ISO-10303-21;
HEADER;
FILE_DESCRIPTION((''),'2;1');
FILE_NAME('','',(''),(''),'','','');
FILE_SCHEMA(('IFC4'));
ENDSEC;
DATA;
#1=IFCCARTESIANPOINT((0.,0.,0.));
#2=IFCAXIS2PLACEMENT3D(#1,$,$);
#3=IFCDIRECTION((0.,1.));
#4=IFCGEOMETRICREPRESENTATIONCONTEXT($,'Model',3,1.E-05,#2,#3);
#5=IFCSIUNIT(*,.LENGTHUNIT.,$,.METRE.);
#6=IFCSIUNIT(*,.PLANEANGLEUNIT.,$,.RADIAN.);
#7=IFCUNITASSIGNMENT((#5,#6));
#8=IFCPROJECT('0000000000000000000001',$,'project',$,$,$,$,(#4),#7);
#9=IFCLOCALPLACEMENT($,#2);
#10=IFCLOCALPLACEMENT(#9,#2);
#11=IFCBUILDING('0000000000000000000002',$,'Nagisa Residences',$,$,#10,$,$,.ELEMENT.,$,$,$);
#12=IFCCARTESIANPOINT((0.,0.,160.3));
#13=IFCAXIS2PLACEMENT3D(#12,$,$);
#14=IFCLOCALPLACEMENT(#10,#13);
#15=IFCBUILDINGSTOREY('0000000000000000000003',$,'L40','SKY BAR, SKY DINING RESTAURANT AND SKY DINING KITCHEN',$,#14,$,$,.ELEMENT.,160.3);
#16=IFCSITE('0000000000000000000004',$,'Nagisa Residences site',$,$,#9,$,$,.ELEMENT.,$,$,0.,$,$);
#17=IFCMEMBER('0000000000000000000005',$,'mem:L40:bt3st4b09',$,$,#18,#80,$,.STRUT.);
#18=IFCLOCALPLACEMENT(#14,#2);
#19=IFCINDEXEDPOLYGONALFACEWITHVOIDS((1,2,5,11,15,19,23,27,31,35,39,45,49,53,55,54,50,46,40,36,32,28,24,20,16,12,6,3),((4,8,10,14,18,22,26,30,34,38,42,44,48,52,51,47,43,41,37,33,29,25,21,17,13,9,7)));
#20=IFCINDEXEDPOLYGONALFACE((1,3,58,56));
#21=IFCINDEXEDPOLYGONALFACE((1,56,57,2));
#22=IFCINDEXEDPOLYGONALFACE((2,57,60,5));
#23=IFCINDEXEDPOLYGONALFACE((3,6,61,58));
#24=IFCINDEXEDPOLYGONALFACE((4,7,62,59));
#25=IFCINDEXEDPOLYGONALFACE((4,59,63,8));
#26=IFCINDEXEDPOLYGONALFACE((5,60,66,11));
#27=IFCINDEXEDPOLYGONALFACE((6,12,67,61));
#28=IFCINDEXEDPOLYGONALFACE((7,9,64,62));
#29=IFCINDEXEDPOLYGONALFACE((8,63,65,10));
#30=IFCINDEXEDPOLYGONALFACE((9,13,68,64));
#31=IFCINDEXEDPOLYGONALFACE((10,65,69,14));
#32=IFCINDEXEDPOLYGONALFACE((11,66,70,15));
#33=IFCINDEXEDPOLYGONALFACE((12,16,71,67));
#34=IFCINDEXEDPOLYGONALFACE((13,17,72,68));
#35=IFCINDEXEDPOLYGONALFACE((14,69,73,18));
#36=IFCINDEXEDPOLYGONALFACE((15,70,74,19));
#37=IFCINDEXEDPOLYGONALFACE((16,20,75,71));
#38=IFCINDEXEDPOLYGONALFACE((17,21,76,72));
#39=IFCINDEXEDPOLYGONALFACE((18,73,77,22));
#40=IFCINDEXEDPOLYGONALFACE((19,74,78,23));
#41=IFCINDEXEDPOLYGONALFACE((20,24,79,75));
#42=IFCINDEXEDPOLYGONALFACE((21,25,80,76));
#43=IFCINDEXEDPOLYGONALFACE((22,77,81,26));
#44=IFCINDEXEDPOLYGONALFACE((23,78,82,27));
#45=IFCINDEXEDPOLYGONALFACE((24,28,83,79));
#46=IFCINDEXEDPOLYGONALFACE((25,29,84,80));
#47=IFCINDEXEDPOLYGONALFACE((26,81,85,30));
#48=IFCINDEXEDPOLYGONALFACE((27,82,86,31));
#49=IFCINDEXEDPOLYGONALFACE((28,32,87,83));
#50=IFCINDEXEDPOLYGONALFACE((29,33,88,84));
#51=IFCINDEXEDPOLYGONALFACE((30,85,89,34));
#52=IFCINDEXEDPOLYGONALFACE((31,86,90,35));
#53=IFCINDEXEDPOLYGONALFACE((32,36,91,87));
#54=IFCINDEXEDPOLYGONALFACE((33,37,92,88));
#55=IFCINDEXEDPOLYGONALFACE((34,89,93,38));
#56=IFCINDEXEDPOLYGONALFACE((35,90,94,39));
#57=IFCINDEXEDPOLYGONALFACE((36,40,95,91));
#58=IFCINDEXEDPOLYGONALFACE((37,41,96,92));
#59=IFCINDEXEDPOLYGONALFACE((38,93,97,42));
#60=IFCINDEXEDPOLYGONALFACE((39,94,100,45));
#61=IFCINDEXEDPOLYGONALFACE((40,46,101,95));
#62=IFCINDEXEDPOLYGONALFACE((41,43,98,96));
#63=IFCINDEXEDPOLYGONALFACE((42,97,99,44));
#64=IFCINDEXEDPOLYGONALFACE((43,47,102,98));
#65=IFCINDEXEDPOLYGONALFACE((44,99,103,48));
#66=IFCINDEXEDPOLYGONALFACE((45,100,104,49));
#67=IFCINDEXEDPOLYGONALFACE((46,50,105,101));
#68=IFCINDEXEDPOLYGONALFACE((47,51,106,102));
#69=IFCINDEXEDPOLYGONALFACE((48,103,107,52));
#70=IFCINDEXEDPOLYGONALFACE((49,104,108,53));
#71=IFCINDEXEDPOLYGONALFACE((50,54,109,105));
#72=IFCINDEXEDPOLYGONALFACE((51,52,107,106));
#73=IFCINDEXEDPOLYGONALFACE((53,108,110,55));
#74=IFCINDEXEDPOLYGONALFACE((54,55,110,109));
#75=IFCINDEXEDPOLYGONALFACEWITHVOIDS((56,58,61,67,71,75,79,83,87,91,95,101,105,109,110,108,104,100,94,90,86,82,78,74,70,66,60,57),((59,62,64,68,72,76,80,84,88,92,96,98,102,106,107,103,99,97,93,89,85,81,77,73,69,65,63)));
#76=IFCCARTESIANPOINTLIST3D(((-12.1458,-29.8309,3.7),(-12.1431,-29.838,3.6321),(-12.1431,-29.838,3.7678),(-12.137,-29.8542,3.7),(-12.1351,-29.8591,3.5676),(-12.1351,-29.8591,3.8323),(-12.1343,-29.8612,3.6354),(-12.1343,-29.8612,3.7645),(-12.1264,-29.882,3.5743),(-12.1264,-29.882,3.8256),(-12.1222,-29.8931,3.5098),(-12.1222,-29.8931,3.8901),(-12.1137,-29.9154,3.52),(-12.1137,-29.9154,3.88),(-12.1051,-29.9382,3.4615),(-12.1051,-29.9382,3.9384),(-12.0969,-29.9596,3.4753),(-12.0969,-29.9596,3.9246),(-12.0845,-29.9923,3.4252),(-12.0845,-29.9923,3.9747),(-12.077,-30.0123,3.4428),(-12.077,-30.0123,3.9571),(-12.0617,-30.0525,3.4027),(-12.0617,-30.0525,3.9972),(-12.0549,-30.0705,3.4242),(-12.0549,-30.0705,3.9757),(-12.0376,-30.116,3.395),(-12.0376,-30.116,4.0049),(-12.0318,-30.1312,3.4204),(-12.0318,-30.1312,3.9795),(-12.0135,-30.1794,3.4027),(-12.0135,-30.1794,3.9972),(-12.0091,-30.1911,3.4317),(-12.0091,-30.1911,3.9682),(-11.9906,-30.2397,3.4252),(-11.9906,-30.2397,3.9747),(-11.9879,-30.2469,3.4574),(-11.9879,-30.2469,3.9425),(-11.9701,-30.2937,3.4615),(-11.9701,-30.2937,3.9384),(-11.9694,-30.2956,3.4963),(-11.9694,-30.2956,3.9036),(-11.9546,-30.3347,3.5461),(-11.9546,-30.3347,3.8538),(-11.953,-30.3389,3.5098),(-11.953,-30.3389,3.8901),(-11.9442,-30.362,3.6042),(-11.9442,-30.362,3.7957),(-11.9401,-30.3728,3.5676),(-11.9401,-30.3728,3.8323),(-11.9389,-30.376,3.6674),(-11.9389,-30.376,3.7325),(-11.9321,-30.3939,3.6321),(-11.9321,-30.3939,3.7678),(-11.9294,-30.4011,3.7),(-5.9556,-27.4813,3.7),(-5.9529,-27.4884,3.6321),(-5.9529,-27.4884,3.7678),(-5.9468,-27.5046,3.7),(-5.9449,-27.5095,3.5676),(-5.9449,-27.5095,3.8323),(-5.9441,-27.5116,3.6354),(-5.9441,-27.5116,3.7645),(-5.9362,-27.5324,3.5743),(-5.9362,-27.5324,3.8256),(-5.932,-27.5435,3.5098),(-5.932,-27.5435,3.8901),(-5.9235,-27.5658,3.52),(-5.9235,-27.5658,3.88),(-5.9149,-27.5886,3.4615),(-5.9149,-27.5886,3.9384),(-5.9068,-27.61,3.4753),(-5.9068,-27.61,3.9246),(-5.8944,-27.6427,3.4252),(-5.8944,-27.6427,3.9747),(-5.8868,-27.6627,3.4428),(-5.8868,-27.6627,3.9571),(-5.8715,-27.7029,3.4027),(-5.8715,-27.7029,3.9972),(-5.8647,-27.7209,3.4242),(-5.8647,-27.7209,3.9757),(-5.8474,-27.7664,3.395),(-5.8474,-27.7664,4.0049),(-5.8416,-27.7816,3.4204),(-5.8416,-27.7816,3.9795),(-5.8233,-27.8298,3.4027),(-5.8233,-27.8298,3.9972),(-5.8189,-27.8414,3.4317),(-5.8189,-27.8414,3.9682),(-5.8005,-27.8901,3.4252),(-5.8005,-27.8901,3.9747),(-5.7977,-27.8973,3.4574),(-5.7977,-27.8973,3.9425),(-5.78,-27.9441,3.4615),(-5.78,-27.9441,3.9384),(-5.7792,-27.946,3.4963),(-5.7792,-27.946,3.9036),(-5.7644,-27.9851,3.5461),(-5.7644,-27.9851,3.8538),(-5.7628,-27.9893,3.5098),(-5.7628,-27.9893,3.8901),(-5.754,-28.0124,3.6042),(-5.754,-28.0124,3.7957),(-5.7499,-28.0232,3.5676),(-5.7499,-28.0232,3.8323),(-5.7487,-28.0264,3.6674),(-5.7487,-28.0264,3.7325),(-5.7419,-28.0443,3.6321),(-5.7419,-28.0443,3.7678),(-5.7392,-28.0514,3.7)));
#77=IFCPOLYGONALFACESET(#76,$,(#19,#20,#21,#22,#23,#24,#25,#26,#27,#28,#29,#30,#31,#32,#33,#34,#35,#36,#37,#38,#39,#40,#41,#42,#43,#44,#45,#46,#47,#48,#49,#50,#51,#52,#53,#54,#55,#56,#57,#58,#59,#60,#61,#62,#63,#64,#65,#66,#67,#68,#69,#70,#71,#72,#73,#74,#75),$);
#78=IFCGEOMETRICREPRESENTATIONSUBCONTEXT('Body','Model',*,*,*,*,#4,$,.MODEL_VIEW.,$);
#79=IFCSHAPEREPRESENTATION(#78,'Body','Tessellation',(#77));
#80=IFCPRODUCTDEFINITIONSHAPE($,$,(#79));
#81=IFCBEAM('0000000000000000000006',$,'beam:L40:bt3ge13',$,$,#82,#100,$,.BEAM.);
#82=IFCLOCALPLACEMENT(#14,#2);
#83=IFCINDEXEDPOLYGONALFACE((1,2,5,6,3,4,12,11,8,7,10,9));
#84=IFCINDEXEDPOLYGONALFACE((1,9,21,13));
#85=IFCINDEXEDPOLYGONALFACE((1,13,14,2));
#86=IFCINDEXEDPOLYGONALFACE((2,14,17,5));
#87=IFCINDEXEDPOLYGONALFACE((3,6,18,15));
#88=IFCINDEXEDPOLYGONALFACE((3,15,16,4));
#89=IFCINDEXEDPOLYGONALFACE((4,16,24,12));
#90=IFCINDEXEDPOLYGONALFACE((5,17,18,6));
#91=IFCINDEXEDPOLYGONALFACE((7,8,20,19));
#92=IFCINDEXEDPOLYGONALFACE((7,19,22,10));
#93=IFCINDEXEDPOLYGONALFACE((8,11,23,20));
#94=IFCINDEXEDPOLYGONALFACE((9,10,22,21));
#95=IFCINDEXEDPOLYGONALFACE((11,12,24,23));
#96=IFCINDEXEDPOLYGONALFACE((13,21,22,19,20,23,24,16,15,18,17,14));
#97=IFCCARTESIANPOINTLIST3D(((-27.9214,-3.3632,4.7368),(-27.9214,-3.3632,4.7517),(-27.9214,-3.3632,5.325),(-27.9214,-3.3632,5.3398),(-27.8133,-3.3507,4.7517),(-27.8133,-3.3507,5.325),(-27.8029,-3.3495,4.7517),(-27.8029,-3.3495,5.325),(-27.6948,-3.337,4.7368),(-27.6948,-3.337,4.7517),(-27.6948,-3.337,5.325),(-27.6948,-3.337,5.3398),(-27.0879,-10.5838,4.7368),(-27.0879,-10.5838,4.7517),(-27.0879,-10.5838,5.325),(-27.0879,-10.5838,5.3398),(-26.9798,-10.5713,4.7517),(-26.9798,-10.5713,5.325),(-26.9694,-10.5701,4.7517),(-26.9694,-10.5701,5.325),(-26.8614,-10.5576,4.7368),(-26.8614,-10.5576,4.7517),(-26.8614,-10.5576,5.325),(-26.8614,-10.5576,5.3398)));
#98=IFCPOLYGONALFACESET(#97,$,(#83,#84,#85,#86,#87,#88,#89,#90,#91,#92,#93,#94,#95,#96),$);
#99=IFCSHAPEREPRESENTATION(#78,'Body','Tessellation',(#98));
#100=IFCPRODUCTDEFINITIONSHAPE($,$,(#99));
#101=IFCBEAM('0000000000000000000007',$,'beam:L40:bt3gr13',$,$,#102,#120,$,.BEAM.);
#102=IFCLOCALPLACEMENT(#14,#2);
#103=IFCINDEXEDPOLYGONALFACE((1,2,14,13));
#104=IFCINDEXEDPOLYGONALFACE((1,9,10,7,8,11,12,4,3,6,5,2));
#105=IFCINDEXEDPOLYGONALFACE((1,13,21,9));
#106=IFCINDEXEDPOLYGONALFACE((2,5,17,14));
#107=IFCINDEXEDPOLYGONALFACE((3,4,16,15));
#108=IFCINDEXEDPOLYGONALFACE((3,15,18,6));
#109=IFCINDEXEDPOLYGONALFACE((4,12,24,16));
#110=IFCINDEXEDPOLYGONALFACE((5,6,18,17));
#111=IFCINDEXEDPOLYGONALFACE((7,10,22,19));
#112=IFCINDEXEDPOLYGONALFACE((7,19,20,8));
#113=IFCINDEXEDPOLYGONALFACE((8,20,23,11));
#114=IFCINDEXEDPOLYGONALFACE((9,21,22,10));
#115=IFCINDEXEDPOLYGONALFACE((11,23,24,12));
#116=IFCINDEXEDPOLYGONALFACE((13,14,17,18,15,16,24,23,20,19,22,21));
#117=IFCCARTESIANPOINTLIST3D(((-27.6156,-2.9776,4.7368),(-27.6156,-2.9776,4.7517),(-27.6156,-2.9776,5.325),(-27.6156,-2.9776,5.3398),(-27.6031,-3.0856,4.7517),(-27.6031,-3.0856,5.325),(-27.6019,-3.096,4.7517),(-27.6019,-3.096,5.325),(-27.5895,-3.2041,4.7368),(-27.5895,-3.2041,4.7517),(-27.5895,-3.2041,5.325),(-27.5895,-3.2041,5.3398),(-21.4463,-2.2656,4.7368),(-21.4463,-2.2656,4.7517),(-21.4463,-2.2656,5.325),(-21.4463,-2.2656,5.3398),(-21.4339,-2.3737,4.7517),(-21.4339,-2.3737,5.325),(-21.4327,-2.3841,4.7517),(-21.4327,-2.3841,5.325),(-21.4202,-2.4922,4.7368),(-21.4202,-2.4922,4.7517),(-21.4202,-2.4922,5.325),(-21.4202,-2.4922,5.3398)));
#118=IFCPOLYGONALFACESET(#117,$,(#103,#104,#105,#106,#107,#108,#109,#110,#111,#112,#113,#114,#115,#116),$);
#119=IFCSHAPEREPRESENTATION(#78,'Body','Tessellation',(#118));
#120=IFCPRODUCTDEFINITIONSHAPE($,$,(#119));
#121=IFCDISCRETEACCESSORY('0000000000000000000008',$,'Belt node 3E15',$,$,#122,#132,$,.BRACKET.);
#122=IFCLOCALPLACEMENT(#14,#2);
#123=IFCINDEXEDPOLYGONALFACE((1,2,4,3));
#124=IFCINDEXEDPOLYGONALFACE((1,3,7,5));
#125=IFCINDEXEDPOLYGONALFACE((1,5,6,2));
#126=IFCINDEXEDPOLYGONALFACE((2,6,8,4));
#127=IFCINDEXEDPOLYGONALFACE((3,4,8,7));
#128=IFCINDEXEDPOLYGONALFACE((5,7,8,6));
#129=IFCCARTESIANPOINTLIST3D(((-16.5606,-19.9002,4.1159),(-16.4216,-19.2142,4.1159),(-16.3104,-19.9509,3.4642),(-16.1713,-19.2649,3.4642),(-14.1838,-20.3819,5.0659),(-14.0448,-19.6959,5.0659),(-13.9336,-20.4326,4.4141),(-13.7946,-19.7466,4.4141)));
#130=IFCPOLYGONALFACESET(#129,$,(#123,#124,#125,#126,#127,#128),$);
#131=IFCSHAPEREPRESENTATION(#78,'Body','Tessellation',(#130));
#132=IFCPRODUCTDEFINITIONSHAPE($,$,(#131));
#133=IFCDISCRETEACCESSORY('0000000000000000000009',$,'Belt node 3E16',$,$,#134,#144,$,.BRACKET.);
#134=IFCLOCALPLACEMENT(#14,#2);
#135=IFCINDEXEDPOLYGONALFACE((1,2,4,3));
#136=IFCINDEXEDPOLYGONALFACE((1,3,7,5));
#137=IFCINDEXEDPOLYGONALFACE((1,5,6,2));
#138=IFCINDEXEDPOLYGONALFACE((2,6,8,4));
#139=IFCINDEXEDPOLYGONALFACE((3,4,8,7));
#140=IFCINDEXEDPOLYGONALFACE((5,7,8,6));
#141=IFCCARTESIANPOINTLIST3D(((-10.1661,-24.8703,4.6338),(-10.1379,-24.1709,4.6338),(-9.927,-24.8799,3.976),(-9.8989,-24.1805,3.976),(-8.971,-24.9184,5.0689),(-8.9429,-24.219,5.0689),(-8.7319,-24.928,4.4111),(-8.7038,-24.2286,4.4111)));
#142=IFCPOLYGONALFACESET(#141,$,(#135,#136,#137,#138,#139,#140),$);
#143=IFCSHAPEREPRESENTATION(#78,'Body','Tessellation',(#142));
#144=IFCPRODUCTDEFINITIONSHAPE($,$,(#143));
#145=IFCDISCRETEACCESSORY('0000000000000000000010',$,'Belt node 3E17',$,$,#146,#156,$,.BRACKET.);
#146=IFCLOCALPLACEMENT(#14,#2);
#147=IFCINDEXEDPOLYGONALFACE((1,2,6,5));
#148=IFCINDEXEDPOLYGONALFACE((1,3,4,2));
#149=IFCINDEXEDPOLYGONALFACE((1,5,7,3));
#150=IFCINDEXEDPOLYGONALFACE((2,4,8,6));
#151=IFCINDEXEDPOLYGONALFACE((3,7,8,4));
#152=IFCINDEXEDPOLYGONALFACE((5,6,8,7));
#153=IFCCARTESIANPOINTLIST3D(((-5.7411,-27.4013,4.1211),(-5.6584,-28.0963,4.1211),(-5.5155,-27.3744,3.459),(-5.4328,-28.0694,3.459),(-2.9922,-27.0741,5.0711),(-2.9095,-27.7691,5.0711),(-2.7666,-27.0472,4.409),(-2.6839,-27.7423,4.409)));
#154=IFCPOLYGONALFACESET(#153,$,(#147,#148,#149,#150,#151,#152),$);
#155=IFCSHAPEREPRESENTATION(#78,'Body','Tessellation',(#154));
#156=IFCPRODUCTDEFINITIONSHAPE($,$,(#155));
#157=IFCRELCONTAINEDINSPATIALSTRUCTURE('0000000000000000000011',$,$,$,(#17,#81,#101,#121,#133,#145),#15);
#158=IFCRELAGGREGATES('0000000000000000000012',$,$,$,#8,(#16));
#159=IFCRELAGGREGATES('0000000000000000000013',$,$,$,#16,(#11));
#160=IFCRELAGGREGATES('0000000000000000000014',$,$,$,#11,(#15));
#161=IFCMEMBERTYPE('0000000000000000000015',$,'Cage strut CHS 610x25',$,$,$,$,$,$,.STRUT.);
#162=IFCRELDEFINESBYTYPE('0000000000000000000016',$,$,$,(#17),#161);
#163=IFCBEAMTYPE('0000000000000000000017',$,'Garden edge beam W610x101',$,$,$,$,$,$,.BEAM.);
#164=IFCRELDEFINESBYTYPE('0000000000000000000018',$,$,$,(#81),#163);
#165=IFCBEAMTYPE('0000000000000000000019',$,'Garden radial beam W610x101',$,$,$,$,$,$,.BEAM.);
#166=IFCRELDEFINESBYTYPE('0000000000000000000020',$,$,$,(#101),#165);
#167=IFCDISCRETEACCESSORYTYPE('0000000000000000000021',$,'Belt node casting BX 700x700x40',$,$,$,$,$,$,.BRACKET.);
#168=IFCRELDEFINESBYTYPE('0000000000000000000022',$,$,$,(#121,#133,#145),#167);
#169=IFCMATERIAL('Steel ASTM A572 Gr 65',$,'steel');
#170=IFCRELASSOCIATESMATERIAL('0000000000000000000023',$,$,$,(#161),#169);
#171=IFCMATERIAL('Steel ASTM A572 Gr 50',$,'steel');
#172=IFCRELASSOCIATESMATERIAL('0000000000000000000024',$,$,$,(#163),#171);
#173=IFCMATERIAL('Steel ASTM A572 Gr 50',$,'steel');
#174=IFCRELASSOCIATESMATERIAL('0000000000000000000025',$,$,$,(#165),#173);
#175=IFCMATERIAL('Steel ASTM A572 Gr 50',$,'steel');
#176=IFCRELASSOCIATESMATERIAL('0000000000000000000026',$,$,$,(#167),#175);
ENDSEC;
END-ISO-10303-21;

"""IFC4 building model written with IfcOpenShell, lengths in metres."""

from ifc_helpers import new_model, si_unit, direction, frame, origin, origin_2d, place, context, subcontext, project, spatial, rectangle, hollow_circle, i_section, extrude, material, material_profile, profile_set, type_object, element, save


model = new_model("IFC4")

# Units and contexts
model_context = context("Model", 3, precision=1e-05, world=origin(), true_north=direction((0.0, 1.0)))
body_context = subcontext(model_context, "Body", "Model", "MODEL_VIEW")
ifc_project = project(units=[si_unit("LENGTHUNIT", "METRE"), si_unit("PLANEANGLEUNIT", "RADIAN")], contexts=[model_context])

# Site, building, storey
site_placement = place(None, origin())
site = spatial("IfcSite", under=ifc_project, at=site_placement, Name="Nagisa Residences site", CompositionType="ELEMENT", RefElevation=0.0)
building_placement = place(site_placement, origin())
building = spatial("IfcBuilding", under=site, at=building_placement, Name="Nagisa Residences", CompositionType="ELEMENT")
storey_placement = place(building_placement, frame((0.0, 0.0, 160.3)))
storey = spatial("IfcBuildingStorey", under=building, at=storey_placement, Name="L40", Description="SKY BAR, SKY DINING RESTAURANT AND SKY DINING KITCHEN", CompositionType="ELEMENT", Elevation=160.3)

# Member
ifc_material_1 = material(Name="Steel ASTM A572 Gr 65", Category="steel")
ifc_material_profile_1 = material_profile(ifc_material_1, hollow_circle(Radius=0.3049, WallThickness=0.0249, at=origin_2d()), Name="CHS 610x25")
ifc_profile_set_1 = profile_set([ifc_material_profile_1], Name="Steel ASTM A572 Gr 65")
member_type_1 = type_object("IfcMemberType", Name="Cage strut CHS 610x25", PredefinedType="STRUT", material=ifc_profile_set_1)
member_1_placement = place(storey_placement, frame((-12.0376, -30.116, 3.7), z_axis=(0.934917, 0.354867, 0.0), x_axis=(-0.354867, 0.934917, 0.0)))
element("IfcMember", 1, at=member_1_placement, inside=storey, type_object=member_type_1, Name="mem:L40:bt3st4b09", PredefinedType="STRUT", context=body_context, shape_type="SweptSolid", body=[
    extrude(hollow_circle(Radius=0.3049, WallThickness=0.0249, at=origin_2d()), origin(), (0.0, 0.0, 1.0), 6.6211),
])

# Beams
ifc_material_2 = material(Name="Steel ASTM A572 Gr 50", Category="steel")
ifc_material_profile_2 = material_profile(ifc_material_2, i_section(OverallWidth=0.228, OverallDepth=0.603, WebThickness=0.0105, FlangeThickness=0.0149, at=origin_2d()), Name="W610x101")
ifc_profile_set_2 = profile_set([ifc_material_profile_2], Name="Steel ASTM A572 Gr 50")
beam_type_1 = type_object("IfcBeamType", Name="Garden edge beam W610x101", PredefinedType="BEAM", material=ifc_profile_set_2)
beam_1_placement = place(storey_placement, frame((-27.8081, -3.3501, 5.0383), z_axis=(0.11467, -0.993404, 0.0), x_axis=(0.993404, 0.11467, 0.0)))
element("IfcBeam", 2, at=beam_1_placement, inside=storey, type_object=beam_type_1, Name="beam:L40:bt3ge13", PredefinedType="BEAM", context=body_context, shape_type="SweptSolid", body=[
    extrude(i_section(OverallWidth=0.228, OverallDepth=0.603, WebThickness=0.0105, FlangeThickness=0.0149, at=origin_2d()), origin(), (0.0, 0.0, 1.0), 7.2686),
])
ifc_material_3 = material(Name="Steel ASTM A572 Gr 50", Category="steel")
ifc_material_profile_3 = material_profile(ifc_material_3, i_section(OverallWidth=0.228, OverallDepth=0.603, WebThickness=0.0105, FlangeThickness=0.0149, at=origin_2d()), Name="W610x101")
ifc_profile_set_3 = profile_set([ifc_material_profile_3], Name="Steel ASTM A572 Gr 50")
beam_type_2 = type_object("IfcBeamType", Name="Garden radial beam W610x101", PredefinedType="BEAM", material=ifc_profile_set_3)
beam_2_placement = place(storey_placement, frame((-27.6025, -3.0908, 5.0383), z_axis=(0.993407, 0.114638, 0.0), x_axis=(-0.114638, 0.993407, 0.0)))
element("IfcBeam", 3, at=beam_2_placement, inside=storey, type_object=beam_type_2, Name="beam:L40:bt3gr13", PredefinedType="BEAM", context=body_context, shape_type="SweptSolid", body=[
    extrude(i_section(OverallWidth=0.228, OverallDepth=0.603, WebThickness=0.0105, FlangeThickness=0.0149, at=origin_2d()), origin(), (0.0, 0.0, 1.0), 6.2102),
])

# Discrete accessories
ifc_material_4 = material(Name="Steel ASTM A572 Gr 50", Category="steel")
discrete_accessory_type_1 = type_object("IfcDiscreteAccessoryType", Name="Belt node casting BX 700x700x40", PredefinedType="BRACKET", material=ifc_material_4)
discrete_accessory_1_placement = place(storey_placement, frame((-16.366, -19.5825, 3.79), z_axis=(0.912556, -0.184948, 0.364741), x_axis=(0.198632, 0.980074, 0.0)))
element("IfcDiscreteAccessory", 4, at=discrete_accessory_1_placement, inside=storey, type_object=discrete_accessory_type_1, Name="Belt node 3E15", PredefinedType="BRACKET", context=body_context, shape_type="SweptSolid", body=[
    extrude(rectangle(XDim=0.7, YDim=0.7, at=origin_2d()), origin(), (0.0, 0.0, 1.0), 2.6045),
])
discrete_accessory_2_placement = place(storey_placement, frame((-10.0325, -24.5254, 4.3049), z_axis=(0.938999, -0.03779, 0.341838), x_axis=(0.040213, 0.999191, 0.0)))
element("IfcDiscreteAccessory", 5, at=discrete_accessory_2_placement, inside=storey, type_object=discrete_accessory_type_1, Name="Belt node 3E16", PredefinedType="BRACKET", context=body_context, shape_type="SweptSolid", body=[
    extrude(rectangle(XDim=0.7, YDim=0.7, at=origin_2d()), origin(), (0.0, 0.0, 1.0), 1.2727),
])
discrete_accessory_3_placement = place(storey_placement, frame((-5.5869, -27.7354, 3.79), z_axis=(0.939227, 0.111783, 0.324588), x_axis=(-0.118182, 0.992992, 0.0)))
element("IfcDiscreteAccessory", 6, at=discrete_accessory_3_placement, inside=storey, type_object=discrete_accessory_type_1, Name="Belt node 3E17", PredefinedType="BRACKET", context=body_context, shape_type="SweptSolid", body=[
    extrude(rectangle(XDim=0.7, YDim=0.7, at=origin_2d()), origin(), (0.0, 0.0, 1.0), 2.9268),
])

save(model, "model.ifc")
